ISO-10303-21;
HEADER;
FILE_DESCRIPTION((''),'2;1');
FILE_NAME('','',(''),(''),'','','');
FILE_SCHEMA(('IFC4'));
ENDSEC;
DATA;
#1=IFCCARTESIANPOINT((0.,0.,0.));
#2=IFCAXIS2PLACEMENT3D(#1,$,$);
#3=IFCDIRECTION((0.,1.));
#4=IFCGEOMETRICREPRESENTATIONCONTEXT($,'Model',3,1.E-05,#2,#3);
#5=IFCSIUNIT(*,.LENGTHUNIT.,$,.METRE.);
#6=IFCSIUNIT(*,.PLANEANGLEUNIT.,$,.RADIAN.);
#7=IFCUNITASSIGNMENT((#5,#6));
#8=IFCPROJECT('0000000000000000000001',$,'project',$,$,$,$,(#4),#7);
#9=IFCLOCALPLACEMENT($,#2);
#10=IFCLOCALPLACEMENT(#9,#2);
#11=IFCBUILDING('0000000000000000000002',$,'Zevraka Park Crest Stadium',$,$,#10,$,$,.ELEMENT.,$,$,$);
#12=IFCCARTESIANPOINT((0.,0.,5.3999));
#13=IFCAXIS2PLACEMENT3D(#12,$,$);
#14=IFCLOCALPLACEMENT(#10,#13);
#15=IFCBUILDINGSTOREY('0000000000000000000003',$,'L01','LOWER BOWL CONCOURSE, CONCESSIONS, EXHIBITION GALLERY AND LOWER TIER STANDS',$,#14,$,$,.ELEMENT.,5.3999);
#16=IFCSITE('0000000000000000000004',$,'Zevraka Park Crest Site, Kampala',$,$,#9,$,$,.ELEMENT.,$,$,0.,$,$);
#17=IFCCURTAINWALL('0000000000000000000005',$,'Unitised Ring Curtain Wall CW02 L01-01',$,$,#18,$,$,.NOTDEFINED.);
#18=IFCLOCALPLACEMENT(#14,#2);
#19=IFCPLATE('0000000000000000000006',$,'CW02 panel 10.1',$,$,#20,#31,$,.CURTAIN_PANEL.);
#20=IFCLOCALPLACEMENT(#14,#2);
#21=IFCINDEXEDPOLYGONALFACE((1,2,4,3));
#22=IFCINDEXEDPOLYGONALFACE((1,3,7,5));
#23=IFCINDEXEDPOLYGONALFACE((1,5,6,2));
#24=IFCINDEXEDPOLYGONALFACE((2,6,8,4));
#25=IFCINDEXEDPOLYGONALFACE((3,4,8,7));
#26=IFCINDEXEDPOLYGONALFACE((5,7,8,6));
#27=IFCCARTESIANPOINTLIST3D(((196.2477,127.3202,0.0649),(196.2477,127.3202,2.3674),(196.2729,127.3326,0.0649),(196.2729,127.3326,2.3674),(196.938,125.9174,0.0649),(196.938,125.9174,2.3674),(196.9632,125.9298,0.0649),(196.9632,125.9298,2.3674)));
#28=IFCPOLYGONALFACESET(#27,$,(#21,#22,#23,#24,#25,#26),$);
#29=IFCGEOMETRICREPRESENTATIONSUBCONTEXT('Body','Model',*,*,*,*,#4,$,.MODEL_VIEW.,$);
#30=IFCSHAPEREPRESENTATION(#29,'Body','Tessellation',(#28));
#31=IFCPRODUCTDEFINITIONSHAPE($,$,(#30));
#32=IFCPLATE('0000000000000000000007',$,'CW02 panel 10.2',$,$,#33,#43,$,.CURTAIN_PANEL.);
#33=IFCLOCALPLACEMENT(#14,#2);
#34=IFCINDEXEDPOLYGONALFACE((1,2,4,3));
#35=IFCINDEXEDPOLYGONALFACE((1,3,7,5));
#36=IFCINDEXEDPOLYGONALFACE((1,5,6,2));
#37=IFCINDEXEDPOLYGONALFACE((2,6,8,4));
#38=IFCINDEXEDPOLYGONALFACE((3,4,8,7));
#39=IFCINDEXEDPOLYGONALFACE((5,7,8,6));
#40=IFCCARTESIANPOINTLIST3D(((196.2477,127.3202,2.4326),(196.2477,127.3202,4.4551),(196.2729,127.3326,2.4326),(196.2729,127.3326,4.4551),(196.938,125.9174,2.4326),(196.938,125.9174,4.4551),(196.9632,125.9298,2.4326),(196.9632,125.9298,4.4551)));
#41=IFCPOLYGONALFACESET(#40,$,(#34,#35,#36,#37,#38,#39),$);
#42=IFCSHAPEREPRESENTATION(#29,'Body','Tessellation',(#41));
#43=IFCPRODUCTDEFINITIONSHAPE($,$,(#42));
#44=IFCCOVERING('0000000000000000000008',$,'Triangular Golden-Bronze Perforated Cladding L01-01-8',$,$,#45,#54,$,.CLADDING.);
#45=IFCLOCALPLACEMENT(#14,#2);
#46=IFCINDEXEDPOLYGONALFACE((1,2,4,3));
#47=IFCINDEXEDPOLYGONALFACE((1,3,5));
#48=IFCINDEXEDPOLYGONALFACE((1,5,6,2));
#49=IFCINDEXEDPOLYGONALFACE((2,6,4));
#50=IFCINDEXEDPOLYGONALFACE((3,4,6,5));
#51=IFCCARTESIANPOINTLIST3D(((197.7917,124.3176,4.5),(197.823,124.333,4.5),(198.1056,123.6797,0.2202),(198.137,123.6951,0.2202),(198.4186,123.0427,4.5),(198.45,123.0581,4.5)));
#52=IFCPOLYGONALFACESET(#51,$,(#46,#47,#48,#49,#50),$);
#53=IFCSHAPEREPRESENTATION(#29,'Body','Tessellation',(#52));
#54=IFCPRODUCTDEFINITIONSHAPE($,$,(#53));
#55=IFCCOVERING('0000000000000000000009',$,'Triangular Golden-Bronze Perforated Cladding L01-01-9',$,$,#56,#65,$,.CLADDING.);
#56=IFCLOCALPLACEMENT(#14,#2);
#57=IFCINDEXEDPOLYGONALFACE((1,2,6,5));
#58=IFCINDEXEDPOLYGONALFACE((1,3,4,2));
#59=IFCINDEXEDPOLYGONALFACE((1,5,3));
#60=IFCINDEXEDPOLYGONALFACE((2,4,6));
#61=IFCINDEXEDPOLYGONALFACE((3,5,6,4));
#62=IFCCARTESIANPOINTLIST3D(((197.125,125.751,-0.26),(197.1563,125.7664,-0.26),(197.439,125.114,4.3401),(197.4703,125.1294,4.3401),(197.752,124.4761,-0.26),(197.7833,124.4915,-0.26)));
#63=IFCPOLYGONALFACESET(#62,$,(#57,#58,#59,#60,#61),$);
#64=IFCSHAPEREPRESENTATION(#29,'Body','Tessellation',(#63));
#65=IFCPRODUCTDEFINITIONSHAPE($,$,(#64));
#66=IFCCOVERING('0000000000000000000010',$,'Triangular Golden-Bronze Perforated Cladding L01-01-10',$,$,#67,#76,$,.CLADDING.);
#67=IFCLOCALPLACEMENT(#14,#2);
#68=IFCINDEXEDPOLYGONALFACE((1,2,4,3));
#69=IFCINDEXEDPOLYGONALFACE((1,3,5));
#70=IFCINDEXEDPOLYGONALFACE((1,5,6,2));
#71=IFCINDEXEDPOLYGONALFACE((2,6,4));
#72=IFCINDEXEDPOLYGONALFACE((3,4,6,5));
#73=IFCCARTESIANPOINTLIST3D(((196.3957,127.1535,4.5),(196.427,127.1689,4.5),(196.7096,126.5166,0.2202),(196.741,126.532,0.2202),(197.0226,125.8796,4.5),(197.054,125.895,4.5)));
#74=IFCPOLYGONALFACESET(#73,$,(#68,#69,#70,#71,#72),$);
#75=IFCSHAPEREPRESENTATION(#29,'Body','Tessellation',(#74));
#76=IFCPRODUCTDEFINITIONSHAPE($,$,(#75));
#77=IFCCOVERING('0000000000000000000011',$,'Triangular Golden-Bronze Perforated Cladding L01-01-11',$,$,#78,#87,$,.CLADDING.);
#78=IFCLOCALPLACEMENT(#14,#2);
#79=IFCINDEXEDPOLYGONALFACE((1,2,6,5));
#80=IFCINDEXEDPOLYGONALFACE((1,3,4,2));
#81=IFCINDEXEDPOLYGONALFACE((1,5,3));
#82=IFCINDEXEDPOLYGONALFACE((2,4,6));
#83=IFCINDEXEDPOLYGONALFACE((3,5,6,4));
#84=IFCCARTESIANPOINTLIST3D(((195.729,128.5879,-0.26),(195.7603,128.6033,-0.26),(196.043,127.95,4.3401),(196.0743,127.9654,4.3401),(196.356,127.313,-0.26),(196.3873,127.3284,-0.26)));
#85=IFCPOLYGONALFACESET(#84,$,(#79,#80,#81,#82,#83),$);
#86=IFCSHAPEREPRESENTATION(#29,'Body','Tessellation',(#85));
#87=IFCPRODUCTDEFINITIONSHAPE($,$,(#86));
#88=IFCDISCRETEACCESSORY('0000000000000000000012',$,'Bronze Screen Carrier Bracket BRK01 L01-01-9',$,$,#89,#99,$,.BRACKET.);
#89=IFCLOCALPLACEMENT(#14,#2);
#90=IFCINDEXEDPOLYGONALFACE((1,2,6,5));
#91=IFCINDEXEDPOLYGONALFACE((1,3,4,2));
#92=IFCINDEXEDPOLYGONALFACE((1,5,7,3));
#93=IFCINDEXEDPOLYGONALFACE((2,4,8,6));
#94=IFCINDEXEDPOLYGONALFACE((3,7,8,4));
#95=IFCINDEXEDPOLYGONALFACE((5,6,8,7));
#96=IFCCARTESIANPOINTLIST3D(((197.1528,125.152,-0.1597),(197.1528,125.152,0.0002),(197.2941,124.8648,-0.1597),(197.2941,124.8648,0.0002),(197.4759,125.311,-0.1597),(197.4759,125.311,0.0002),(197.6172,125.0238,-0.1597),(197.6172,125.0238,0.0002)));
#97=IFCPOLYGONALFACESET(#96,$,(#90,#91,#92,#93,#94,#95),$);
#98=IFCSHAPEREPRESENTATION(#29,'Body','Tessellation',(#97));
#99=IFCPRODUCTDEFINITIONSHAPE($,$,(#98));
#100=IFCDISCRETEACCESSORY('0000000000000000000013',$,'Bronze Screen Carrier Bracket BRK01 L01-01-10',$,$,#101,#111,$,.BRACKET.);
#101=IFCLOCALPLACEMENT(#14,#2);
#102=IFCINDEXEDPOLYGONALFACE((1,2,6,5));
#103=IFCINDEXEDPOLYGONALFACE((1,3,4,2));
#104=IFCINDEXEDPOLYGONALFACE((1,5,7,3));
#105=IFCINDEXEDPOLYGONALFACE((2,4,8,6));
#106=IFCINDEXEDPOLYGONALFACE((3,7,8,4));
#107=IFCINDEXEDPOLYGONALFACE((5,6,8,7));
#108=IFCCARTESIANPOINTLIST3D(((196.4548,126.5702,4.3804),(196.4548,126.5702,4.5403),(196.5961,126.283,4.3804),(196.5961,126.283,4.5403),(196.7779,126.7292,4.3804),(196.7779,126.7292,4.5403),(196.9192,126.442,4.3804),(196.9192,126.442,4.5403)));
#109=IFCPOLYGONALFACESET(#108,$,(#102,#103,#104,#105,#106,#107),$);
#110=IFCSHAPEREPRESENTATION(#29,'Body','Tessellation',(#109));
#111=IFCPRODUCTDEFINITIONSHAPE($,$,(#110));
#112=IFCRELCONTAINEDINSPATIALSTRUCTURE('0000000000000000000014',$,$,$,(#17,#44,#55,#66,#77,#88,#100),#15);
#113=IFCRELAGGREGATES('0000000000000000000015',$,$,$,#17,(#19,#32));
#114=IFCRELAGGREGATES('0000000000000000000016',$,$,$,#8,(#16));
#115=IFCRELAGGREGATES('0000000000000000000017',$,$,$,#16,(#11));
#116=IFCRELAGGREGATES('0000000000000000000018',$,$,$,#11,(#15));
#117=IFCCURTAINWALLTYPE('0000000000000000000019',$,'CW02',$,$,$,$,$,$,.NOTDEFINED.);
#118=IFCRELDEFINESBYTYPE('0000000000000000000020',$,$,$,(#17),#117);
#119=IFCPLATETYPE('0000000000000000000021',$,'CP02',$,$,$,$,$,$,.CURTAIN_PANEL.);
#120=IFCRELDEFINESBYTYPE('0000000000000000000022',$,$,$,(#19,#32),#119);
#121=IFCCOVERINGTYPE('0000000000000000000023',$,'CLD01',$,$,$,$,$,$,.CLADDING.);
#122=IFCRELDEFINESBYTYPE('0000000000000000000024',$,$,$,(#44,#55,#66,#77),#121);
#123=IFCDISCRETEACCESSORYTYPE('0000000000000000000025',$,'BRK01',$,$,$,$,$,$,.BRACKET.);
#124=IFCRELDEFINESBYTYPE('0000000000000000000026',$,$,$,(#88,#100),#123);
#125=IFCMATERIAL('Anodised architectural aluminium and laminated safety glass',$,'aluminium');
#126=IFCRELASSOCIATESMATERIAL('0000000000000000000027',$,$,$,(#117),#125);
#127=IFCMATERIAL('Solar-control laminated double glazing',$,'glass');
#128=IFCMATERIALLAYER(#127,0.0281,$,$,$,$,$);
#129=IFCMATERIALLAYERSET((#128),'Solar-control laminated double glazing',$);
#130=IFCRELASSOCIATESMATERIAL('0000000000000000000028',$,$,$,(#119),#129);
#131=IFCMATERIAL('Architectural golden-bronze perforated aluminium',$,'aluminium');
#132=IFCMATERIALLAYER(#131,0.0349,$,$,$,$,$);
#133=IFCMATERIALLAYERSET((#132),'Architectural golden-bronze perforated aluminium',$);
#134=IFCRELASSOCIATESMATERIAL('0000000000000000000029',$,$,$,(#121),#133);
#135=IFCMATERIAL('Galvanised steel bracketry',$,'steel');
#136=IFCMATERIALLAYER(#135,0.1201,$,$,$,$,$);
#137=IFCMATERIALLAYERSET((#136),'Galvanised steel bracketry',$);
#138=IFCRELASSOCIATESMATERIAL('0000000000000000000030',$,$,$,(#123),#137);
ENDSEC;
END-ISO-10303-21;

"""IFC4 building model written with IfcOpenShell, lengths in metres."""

from ifc_helpers import new_model, si_unit, direction, frame, origin, origin_2d, place, context, subcontext, project, spatial, polyline, rectangle, outline, extrude, material, layer, layer_set, type_object, element, aggregate, save


model = new_model("IFC4")

# Units and contexts
model_context = context("Model", 3, precision=1e-05, world=origin(), true_north=direction((0.0, 1.0)))
body_context = subcontext(model_context, "Body", "Model", "MODEL_VIEW")
ifc_project = project(units=[si_unit("LENGTHUNIT", "METRE"), si_unit("PLANEANGLEUNIT", "RADIAN")], contexts=[model_context])

# Site, building, storey
site_placement = place(None, origin())
site = spatial("IfcSite", under=ifc_project, at=site_placement, Name="Zevraka Park Crest Site, Kampala", CompositionType="ELEMENT", RefElevation=0.0)
building_placement = place(site_placement, origin())
building = spatial("IfcBuilding", under=site, at=building_placement, Name="Zevraka Park Crest Stadium", CompositionType="ELEMENT")
storey_placement = place(building_placement, frame((0.0, 0.0, 5.3999)))
storey = spatial("IfcBuildingStorey", under=building, at=storey_placement, Name="L01", Description="LOWER BOWL CONCOURSE, CONCESSIONS, EXHIBITION GALLERY AND LOWER TIER STANDS", CompositionType="ELEMENT", Elevation=5.3999)

# Curtain wall, plates
ifc_material_1 = material(Name="Anodised architectural aluminium and laminated safety glass", Category="aluminium")
curtain_wall_type = type_object("IfcCurtainWallType", Name="CW02", PredefinedType="NOTDEFINED", material=ifc_material_1)
curtain_wall_placement = place(storey_placement, origin())
curtain_wall = element("IfcCurtainWall", 1, at=curtain_wall_placement, inside=storey, type_object=curtain_wall_type, Name="Unitised Ring Curtain Wall CW02 L01-01", PredefinedType="NOTDEFINED")
ifc_material_2 = material(Name="Solar-control laminated double glazing", Category="glass")
ifc_layer_1 = layer(ifc_material_2, 0.0281)
ifc_layer_set_1 = layer_set([ifc_layer_1], Name="Solar-control laminated double glazing")
plate_type = type_object("IfcPlateType", Name="CP02", PredefinedType="CURTAIN_PANEL", material=ifc_layer_set_1)
plate_1_placement = place(storey_placement, frame((196.6055, 126.625, 0.0649), z_axis=(0.0, 0.0, 1.0), x_axis=(-0.441517, 0.897253, 0.0)))
plate_1 = element("IfcPlate", 2, at=plate_1_placement, type_object=plate_type, Name="CW02 panel 10.1", PredefinedType="CURTAIN_PANEL", context=body_context, shape_type="SweptSolid", body=[
    extrude(rectangle(XDim=1.5635, YDim=0.0281, at=origin_2d()), origin(), (0.0, 0.0, 1.0), 2.3025),
])
plate_2_placement = place(storey_placement, frame((196.6055, 126.625, 2.4326), z_axis=(0.0, 0.0, 1.0), x_axis=(-0.441517, 0.897253, 0.0)))
plate_2 = element("IfcPlate", 3, at=plate_2_placement, type_object=plate_type, Name="CW02 panel 10.2", PredefinedType="CURTAIN_PANEL", context=body_context, shape_type="SweptSolid", body=[
    extrude(rectangle(XDim=1.5635, YDim=0.0281, at=origin_2d()), origin(), (0.0, 0.0, 1.0), 2.0225),
])
aggregate(curtain_wall, [plate_1, plate_2])

# Coverings
ifc_material_3 = material(Name="Architectural golden-bronze perforated aluminium", Category="aluminium")
ifc_layer_2 = layer(ifc_material_3, 0.0349)
ifc_layer_set_2 = layer_set([ifc_layer_2], Name="Architectural golden-bronze perforated aluminium")
covering_type = type_object("IfcCoveringType", Name="CLD01", PredefinedType="CLADDING", material=ifc_layer_set_2)
covering_1_placement = place(storey_placement, frame((197.823, 124.333, 4.5), z_axis=(0.897363, 0.441292, 0.000052), x_axis=(0.441292, -0.897363, 0.0)))
element("IfcCovering", 4, at=covering_1_placement, inside=storey, type_object=covering_type, Name="Triangular Golden-Bronze Perforated Cladding L01-01-8", PredefinedType="CLADDING", context=body_context, shape_type="SweptSolid", body=[
    extrude(outline(polyline([(0.0, 0.0), (1.4207, 0.0), (0.711, 4.2798), (0.0, 0.0)])), origin(), (0.0, 0.0, -1.0), 0.0349),
])
covering_2_placement = place(storey_placement, frame((197.752, 124.4761, -0.26), z_axis=(-0.897363, -0.441292, 0.000142), x_axis=(-0.441292, 0.897363, 0.0)))
element("IfcCovering", 5, at=covering_2_placement, inside=storey, type_object=covering_type, Name="Triangular Golden-Bronze Perforated Cladding L01-01-9", PredefinedType="CLADDING", context=body_context, shape_type="SweptSolid", body=[
    extrude(outline(polyline([(0.0, 0.0), (1.4207, 0.0), (0.7106, -4.6001), (0.0, 0.0)])), origin(), (0.0, 0.0, -1.0), 0.0349),
])
covering_3_placement = place(storey_placement, frame((196.427, 127.1689, 4.5), z_axis=(0.897229, 0.441565, 0.000102), x_axis=(0.441565, -0.897229, 0.0)))
element("IfcCovering", 6, at=covering_3_placement, inside=storey, type_object=covering_type, Name="Triangular Golden-Bronze Perforated Cladding L01-01-10", PredefinedType="CLADDING", context=body_context, shape_type="SweptSolid", body=[
    extrude(outline(polyline([(0.0, 0.0), (1.4198, 0.0), (0.7101, 4.2798), (0.0, 0.0)])), origin(), (0.0, 0.0, -1.0), 0.0349),
])
covering_4_placement = place(storey_placement, frame((196.356, 127.313, -0.26), z_axis=(-0.897363, -0.441292, 0.000048), x_axis=(-0.441292, 0.897363, 0.0)))
element("IfcCovering", 7, at=covering_4_placement, inside=storey, type_object=covering_type, Name="Triangular Golden-Bronze Perforated Cladding L01-01-11", PredefinedType="CLADDING", context=body_context, shape_type="SweptSolid", body=[
    extrude(outline(polyline([(0.0, 0.0), (1.4207, 0.0), (0.7097, -4.6001), (0.0, 0.0)])), origin(), (0.0, 0.0, -1.0), 0.0349),
])

# Discrete accessories
ifc_material_4 = material(Name="Galvanised steel bracketry", Category="steel")
ifc_layer_3 = layer(ifc_material_4, 0.1201)
ifc_layer_set_3 = layer_set([ifc_layer_3], Name="Galvanised steel bracketry")
discrete_accessory_type = type_object("IfcDiscreteAccessoryType", Name="BRK01", PredefinedType="BRACKET", material=ifc_layer_set_3)
for number, where, z_axis, x_axis, name in (
    (8, (197.385, 125.0879, -0.1597), (0.0, 0.0, 1.0), (-0.441506, 0.897258, 0.0), "Bronze Screen Carrier Bracket BRK01 L01-01-9"),
    (9, (196.687, 126.5061, 4.3804), (0.0, 0.0, 1.0), (-0.441506, 0.897258, 0.0), "Bronze Screen Carrier Bracket BRK01 L01-01-10"),
):
    element("IfcDiscreteAccessory", number, at=place(storey_placement, frame(where, z_axis=z_axis, x_axis=x_axis)), inside=storey, type_object=discrete_accessory_type, Name=name, PredefinedType="BRACKET", context=body_context, shape_type="SweptSolid", body=[
        extrude(rectangle(XDim=0.3201, YDim=0.3601, at=origin_2d()), origin(), (0.0, 0.0, 1.0), 0.1599),
    ])

save(model, "model.ifc")
